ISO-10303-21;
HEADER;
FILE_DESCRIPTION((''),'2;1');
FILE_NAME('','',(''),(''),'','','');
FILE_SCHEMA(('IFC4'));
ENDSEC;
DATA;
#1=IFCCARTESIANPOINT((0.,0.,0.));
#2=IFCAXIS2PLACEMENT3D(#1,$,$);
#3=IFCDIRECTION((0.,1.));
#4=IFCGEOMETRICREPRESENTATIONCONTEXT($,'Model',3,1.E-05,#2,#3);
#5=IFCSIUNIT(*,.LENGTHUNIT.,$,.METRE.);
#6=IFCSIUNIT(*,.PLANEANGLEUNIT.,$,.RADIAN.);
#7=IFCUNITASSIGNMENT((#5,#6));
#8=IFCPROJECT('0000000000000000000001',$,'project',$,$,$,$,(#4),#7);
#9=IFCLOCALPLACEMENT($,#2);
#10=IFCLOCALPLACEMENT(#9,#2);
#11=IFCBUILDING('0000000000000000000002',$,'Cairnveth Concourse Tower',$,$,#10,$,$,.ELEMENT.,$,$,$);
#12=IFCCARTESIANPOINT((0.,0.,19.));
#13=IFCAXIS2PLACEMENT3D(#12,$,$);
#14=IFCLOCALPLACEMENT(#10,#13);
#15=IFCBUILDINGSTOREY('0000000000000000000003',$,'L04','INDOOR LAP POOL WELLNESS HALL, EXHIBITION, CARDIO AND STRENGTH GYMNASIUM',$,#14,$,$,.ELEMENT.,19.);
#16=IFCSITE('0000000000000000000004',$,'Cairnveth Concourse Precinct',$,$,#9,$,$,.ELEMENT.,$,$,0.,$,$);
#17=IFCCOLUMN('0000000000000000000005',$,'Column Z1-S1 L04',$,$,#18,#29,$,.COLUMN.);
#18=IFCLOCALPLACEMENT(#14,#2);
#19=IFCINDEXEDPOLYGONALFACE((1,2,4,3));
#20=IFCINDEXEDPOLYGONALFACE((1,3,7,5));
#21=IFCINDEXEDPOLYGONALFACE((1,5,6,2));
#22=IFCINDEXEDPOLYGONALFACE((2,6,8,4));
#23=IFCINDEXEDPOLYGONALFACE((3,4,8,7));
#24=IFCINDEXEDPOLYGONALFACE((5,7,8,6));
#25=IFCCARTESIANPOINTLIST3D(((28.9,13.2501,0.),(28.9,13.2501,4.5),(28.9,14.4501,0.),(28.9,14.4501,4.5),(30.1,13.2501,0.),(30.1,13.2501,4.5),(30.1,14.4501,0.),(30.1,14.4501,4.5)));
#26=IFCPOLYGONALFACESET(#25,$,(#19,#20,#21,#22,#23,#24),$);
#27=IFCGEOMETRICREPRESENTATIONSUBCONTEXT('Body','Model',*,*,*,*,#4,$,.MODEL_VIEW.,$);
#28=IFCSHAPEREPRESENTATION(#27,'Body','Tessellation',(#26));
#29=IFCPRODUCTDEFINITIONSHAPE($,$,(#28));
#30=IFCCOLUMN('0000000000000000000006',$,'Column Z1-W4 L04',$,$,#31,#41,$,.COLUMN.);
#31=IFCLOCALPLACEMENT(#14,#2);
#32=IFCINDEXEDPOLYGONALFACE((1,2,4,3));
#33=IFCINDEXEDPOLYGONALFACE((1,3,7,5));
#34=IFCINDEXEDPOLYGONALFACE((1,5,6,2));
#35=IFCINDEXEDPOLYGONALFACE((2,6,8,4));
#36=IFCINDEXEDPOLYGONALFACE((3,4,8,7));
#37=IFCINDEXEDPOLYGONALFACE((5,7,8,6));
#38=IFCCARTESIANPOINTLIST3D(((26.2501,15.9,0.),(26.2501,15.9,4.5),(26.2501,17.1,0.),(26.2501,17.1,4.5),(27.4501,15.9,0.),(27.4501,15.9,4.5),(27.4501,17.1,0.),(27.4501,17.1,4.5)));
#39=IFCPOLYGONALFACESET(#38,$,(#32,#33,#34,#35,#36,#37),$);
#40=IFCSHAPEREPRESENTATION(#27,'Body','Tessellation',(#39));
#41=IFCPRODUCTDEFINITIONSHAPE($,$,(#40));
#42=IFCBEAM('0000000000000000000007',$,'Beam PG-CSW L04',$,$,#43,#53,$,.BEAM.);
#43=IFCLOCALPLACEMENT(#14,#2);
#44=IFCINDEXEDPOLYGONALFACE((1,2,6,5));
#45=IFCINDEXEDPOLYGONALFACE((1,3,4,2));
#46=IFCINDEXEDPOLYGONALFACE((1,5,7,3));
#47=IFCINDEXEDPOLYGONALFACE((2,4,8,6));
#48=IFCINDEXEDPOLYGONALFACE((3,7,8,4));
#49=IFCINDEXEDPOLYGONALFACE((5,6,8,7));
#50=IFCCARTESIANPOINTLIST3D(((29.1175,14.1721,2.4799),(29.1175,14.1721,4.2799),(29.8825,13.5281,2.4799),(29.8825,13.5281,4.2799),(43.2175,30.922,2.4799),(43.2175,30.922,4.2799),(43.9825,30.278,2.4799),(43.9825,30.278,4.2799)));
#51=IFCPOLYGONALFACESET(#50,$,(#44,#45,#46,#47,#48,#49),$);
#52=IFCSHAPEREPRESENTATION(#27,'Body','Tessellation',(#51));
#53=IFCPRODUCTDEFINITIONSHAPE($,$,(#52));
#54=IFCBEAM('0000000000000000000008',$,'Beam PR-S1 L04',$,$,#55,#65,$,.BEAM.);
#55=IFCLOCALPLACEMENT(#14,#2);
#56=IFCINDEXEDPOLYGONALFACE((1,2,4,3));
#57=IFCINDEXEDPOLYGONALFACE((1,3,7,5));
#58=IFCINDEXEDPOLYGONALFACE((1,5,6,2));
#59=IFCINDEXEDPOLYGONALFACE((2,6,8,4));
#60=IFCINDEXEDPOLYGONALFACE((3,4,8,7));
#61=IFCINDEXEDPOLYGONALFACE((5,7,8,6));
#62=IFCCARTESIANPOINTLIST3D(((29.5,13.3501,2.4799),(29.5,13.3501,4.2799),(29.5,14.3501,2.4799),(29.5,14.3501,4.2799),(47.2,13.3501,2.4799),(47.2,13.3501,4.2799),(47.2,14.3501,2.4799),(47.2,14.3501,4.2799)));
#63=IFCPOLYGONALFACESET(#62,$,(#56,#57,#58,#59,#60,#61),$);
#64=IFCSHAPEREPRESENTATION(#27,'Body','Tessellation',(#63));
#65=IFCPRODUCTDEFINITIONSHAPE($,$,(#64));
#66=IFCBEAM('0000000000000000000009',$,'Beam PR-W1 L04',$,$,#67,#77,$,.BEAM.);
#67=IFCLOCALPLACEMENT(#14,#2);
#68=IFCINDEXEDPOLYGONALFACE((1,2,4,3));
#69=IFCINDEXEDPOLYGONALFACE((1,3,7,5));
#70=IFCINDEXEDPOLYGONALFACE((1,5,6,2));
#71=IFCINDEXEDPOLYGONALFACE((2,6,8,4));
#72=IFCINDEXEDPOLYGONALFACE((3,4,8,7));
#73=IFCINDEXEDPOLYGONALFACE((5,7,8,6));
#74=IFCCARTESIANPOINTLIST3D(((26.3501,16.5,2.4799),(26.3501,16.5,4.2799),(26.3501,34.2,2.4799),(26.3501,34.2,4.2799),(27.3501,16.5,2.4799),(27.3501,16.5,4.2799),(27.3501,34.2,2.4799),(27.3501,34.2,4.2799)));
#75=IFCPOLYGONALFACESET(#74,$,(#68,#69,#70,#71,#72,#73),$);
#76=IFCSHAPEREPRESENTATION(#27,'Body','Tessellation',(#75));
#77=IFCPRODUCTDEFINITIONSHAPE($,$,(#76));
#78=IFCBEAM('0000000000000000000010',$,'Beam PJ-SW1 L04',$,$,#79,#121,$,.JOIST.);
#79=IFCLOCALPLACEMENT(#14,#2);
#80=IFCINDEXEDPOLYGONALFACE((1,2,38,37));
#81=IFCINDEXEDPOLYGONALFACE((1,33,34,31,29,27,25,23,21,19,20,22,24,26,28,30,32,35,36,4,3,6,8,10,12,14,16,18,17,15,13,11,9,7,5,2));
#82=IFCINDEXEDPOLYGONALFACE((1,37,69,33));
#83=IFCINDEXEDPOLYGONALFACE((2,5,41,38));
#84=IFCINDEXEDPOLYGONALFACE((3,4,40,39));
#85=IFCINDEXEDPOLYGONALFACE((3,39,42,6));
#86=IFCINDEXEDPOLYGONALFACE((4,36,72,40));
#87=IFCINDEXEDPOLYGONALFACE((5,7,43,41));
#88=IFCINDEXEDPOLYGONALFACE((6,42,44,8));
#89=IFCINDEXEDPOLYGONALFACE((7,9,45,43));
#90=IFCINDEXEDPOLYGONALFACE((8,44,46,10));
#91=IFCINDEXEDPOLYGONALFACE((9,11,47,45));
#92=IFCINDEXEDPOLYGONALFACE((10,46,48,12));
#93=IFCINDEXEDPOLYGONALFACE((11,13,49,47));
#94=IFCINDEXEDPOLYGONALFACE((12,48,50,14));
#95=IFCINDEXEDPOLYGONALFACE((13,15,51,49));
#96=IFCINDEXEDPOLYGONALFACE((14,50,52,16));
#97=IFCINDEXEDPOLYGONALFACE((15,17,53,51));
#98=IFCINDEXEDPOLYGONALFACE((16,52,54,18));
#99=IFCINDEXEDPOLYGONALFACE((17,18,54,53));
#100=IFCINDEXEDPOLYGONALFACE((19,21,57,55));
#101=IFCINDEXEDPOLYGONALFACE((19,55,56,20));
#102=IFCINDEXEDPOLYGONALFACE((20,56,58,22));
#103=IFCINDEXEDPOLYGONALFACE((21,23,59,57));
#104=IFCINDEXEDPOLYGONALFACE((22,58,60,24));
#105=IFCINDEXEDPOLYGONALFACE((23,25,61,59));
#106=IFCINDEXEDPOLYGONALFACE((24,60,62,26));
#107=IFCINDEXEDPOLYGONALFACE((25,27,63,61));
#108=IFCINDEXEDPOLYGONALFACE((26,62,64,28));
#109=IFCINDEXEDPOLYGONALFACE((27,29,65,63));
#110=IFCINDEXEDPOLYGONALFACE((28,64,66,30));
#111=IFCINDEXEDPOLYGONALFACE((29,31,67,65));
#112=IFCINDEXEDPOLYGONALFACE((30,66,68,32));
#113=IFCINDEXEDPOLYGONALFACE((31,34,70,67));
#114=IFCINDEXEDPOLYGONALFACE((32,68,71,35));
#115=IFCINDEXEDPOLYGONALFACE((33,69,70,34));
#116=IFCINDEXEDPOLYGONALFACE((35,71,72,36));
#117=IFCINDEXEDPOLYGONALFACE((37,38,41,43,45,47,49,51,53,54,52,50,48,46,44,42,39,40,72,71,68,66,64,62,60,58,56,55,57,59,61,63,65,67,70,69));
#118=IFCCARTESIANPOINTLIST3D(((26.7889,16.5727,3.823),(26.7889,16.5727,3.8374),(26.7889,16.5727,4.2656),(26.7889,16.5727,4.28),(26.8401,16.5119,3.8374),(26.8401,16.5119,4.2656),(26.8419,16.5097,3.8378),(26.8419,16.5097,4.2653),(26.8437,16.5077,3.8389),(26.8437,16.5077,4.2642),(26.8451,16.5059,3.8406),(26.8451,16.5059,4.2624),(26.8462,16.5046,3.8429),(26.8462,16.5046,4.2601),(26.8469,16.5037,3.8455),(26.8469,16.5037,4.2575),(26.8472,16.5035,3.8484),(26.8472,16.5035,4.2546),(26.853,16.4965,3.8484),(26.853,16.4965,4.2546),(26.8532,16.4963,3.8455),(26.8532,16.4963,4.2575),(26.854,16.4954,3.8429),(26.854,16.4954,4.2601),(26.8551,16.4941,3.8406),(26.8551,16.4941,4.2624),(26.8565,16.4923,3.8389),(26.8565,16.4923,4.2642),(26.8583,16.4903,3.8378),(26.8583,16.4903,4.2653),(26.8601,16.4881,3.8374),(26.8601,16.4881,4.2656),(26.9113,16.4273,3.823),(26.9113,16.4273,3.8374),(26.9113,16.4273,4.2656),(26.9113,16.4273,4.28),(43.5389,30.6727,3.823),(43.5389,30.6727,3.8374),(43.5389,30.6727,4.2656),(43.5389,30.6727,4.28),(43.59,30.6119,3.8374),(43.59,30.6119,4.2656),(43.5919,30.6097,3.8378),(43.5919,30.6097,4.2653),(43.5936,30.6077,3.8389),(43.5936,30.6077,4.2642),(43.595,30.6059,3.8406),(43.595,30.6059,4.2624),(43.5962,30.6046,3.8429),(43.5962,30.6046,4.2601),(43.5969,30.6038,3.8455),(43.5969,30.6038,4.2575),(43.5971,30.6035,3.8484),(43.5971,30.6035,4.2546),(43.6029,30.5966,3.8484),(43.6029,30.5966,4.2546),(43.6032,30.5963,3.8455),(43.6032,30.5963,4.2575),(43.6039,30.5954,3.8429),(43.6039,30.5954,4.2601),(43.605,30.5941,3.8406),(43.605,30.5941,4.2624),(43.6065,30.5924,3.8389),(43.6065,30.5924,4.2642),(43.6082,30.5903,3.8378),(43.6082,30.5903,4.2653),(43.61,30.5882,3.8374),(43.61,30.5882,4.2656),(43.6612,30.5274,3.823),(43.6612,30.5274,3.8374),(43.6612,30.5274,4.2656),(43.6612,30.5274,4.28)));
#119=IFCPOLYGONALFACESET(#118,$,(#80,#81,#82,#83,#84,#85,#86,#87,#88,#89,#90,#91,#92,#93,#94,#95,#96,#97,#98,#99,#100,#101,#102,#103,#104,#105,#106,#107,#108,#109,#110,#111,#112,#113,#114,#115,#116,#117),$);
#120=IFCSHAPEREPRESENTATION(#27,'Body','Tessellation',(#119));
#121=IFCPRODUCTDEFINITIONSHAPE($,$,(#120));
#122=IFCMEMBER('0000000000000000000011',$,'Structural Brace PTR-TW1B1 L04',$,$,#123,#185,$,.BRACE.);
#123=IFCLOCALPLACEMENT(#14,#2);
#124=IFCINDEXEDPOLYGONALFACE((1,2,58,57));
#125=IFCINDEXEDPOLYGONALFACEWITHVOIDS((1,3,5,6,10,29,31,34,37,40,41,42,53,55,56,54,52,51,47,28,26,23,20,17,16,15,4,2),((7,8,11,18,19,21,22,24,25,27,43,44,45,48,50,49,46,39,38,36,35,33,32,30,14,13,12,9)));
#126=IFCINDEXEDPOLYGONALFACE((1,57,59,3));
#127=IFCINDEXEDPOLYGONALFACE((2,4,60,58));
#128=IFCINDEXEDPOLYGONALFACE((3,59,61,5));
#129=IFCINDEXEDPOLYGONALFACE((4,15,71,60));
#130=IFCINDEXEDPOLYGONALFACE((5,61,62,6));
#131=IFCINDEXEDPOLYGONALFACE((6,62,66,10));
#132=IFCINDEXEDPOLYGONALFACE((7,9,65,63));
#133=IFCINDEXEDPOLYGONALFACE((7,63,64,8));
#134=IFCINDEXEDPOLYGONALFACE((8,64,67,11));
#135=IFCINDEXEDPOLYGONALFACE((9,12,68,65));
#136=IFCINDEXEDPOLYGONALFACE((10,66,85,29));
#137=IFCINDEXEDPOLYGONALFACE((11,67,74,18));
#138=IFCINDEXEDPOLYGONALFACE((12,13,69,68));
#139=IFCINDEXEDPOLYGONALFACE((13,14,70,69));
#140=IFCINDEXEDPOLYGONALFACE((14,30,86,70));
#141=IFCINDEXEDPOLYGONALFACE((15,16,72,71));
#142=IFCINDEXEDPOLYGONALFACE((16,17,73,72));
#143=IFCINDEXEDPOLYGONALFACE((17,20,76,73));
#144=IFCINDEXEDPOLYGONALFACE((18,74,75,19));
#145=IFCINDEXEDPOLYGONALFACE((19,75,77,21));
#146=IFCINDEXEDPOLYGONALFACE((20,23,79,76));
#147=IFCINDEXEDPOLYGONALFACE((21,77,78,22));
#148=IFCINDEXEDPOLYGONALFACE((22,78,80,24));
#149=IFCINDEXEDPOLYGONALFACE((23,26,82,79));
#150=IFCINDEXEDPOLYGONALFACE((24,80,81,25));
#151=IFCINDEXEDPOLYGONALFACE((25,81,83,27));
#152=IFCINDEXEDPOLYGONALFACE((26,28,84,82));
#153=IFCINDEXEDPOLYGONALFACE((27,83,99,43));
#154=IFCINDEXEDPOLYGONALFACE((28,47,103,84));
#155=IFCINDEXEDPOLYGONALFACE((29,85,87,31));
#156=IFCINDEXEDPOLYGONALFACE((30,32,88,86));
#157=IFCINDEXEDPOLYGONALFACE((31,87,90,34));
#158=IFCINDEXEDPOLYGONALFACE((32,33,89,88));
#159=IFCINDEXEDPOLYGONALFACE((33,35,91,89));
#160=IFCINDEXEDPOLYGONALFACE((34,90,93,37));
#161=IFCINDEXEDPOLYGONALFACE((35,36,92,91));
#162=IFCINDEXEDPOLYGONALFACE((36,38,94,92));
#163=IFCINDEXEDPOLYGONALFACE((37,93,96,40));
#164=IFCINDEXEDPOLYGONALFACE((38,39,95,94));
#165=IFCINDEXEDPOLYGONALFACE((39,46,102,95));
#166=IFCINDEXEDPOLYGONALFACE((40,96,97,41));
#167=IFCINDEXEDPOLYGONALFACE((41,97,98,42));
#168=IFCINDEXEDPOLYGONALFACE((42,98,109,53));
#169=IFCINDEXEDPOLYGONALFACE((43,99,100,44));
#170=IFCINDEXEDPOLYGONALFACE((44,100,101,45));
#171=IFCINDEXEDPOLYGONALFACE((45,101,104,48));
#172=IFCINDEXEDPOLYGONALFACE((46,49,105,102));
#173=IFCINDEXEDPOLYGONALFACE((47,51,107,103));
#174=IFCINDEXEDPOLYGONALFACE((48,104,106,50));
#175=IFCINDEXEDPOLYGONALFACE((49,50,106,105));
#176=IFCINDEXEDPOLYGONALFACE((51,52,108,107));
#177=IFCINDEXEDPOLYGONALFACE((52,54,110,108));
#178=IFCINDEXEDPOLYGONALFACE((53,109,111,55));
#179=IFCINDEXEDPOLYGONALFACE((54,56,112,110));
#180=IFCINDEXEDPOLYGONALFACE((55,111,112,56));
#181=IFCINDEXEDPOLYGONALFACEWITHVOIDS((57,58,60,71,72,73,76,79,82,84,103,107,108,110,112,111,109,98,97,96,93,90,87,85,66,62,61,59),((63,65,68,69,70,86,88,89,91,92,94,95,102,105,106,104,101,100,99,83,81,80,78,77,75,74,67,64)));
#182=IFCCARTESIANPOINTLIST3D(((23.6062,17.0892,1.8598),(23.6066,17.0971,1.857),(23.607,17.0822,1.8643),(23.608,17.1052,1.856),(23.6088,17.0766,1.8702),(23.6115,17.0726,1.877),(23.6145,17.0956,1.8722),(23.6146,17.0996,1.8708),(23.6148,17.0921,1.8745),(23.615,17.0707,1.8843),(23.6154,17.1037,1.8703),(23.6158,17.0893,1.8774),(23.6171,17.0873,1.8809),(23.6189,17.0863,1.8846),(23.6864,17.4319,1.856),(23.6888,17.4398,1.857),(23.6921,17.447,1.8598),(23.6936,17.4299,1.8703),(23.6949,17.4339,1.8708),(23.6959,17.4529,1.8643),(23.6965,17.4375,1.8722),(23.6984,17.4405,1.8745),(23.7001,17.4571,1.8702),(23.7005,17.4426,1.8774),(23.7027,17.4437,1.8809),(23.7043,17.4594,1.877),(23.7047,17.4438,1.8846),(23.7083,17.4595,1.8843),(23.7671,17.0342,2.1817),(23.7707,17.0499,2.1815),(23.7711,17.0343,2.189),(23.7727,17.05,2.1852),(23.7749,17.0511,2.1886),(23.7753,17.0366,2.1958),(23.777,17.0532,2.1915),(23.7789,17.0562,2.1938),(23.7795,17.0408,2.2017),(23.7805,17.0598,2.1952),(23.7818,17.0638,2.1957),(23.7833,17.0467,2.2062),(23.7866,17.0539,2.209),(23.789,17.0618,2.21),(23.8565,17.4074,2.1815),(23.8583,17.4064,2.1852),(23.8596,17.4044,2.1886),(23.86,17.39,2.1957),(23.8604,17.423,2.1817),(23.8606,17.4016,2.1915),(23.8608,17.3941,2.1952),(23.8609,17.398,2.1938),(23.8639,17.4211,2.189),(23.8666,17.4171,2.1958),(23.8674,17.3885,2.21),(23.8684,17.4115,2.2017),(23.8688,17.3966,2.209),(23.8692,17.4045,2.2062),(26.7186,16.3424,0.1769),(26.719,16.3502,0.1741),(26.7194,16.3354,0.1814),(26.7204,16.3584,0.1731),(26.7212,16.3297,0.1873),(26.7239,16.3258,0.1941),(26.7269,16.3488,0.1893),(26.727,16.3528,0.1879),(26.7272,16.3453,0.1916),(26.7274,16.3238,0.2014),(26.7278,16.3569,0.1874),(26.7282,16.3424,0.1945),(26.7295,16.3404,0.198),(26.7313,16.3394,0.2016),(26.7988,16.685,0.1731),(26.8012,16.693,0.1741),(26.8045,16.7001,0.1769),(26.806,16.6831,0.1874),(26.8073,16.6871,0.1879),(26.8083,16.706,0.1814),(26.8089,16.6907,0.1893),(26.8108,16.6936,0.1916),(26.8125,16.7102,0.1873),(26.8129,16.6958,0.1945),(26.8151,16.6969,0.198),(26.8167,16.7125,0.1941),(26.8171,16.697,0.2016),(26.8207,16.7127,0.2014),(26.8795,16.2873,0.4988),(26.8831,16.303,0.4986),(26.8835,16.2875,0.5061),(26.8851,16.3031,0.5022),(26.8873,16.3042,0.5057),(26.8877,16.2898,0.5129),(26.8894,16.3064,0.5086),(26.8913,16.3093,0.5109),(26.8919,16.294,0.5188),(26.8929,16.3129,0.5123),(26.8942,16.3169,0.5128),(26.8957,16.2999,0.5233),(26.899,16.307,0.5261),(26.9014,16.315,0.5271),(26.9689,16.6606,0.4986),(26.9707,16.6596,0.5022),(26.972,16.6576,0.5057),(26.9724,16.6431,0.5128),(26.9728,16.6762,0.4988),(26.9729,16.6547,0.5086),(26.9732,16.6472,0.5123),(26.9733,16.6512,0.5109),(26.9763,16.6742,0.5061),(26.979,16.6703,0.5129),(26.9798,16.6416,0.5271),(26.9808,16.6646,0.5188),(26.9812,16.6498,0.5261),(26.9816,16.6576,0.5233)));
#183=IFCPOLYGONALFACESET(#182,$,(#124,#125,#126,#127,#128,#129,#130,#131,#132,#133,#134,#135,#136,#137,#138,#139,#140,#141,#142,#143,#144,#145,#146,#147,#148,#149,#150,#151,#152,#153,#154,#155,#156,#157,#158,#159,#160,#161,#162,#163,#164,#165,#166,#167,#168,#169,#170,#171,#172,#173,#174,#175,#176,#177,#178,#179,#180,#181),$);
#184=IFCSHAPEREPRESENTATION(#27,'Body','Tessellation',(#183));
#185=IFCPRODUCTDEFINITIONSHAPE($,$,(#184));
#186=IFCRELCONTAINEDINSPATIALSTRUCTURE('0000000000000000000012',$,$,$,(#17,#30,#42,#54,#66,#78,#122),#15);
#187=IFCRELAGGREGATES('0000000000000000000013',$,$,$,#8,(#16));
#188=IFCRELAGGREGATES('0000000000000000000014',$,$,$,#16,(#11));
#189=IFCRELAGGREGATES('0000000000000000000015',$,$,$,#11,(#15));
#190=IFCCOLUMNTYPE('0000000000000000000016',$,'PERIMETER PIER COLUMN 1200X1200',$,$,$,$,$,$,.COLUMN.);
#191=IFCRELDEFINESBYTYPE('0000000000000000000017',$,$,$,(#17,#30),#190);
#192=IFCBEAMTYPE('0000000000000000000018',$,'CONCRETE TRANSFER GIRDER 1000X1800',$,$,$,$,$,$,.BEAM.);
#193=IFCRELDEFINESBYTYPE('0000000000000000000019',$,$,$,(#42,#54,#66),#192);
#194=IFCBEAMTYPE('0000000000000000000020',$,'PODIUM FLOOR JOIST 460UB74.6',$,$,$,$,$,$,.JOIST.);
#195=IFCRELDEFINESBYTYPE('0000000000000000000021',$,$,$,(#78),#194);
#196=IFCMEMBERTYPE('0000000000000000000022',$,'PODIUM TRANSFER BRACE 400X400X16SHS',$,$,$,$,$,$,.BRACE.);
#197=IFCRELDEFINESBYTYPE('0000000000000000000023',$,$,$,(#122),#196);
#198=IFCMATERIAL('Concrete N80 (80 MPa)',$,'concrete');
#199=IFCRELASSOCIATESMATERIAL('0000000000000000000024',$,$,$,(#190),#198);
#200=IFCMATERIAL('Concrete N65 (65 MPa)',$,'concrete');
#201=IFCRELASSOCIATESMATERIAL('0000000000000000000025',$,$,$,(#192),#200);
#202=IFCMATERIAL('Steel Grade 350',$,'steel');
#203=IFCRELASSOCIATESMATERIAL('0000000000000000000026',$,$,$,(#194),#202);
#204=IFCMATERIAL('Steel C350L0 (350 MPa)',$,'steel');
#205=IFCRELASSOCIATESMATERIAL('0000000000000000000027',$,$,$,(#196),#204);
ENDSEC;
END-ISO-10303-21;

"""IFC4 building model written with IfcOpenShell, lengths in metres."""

from ifc_helpers import new_model, si_unit, direction, frame, origin, origin_2d, place, context, subcontext, project, spatial, rectangle, hollow_rectangle, i_section, extrude, material, material_profile, profile_set, type_object, element, save


model = new_model("IFC4")

# Units and contexts
model_context = context("Model", 3, precision=1e-05, world=origin(), true_north=direction((0.0, 1.0)))
body_context = subcontext(model_context, "Body", "Model", "MODEL_VIEW")
ifc_project = project(units=[si_unit("LENGTHUNIT", "METRE"), si_unit("PLANEANGLEUNIT", "RADIAN")], contexts=[model_context])

# Site, building, storey
site_placement = place(None, origin())
site = spatial("IfcSite", under=ifc_project, at=site_placement, Name="Cairnveth Concourse Precinct", CompositionType="ELEMENT", RefElevation=0.0)
building_placement = place(site_placement, origin())
building = spatial("IfcBuilding", under=site, at=building_placement, Name="Cairnveth Concourse Tower", CompositionType="ELEMENT")
storey_placement = place(building_placement, frame((0.0, 0.0, 19.0)))
storey = spatial("IfcBuildingStorey", under=building, at=storey_placement, Name="L04", Description="INDOOR LAP POOL WELLNESS HALL, EXHIBITION, CARDIO AND STRENGTH GYMNASIUM", CompositionType="ELEMENT", Elevation=19.0)

# Columns
ifc_material_1 = material(Name="Concrete N80 (80 MPa)", Category="concrete")
ifc_material_profile_1 = material_profile(ifc_material_1, rectangle(XDim=1.2, YDim=1.2, at=origin_2d()), Name="RC-COL-1200x1200")
ifc_profile_set_1 = profile_set([ifc_material_profile_1], Name="Concrete N80 (80 MPa)")
column_type = type_object("IfcColumnType", Name="PERIMETER PIER COLUMN 1200X1200", PredefinedType="COLUMN", material=ifc_profile_set_1)
for number, where, z_axis, x_axis, name in (
    (1, (29.5, 13.8501, 0.0), (0.0, 0.0, 1.0), (1.0, 0.0, 0.0), "Column Z1-S1 L04"),
    (2, (26.8501, 16.5, 0.0), (0.0, 0.0, 1.0), (1.0, 0.0, 0.0), "Column Z1-W4 L04"),
):
    element("IfcColumn", number, at=place(storey_placement, frame(where, z_axis=z_axis, x_axis=x_axis)), inside=storey, type_object=column_type, Name=name, PredefinedType="COLUMN", context=body_context, shape_type="SweptSolid", body=[
        extrude(rectangle(XDim=1.2, YDim=1.2, at=origin_2d()), origin(), (0.0, 0.0, 1.0), 4.5),
    ])

# Beams
ifc_material_2 = material(Name="Concrete N65 (65 MPa)", Category="concrete")
ifc_material_profile_2 = material_profile(ifc_material_2, rectangle(XDim=1.0, YDim=1.8, at=origin_2d()), Name="RC-TB-1000x1800")
ifc_profile_set_2 = profile_set([ifc_material_profile_2], Name="Concrete N65 (65 MPa)")
beam_type_1 = type_object("IfcBeamType", Name="CONCRETE TRANSFER GIRDER 1000X1800", PredefinedType="BEAM", material=ifc_profile_set_2)
beam_1_placement = place(storey_placement, frame((29.5, 13.8501, 3.3799), z_axis=(0.643998, 0.765027, 0.0), x_axis=(-0.765027, 0.643998, 0.0)))
element("IfcBeam", 3, at=beam_1_placement, inside=storey, type_object=beam_type_1, Name="Beam PG-CSW L04", PredefinedType="BEAM", context=body_context, shape_type="SweptSolid", body=[
    extrude(rectangle(XDim=1.0, YDim=1.8, at=origin_2d()), origin(), (0.0, 0.0, 1.0), 21.8945),
])
for number, where, z_axis, x_axis, name in (
    (4, (29.5, 13.8501, 3.3799), (1.0, 0.0, 0.0), (0.0, 1.0, 0.0), "Beam PR-S1 L04"),
    (5, (26.8501, 16.5, 3.3799), (0.0, 1.0, 0.0), (-1.0, 0.0, 0.0), "Beam PR-W1 L04"),
):
    element("IfcBeam", number, at=place(storey_placement, frame(where, z_axis=z_axis, x_axis=x_axis)), inside=storey, type_object=beam_type_1, Name=name, PredefinedType="BEAM", context=body_context, shape_type="SweptSolid", body=[
        extrude(rectangle(XDim=1.0, YDim=1.8, at=origin_2d()), origin(), (0.0, 0.0, 1.0), 17.7),
    ])
ifc_material_3 = material(Name="Steel Grade 350", Category="steel")
ifc_material_profile_3 = material_profile(ifc_material_3, i_section(OverallWidth=0.1899, OverallDepth=0.457, WebThickness=0.009, FlangeThickness=0.0144, FilletRadius=0.011, at=origin_2d()), Name="460UB74.6")
ifc_profile_set_3 = profile_set([ifc_material_profile_3], Name="Steel Grade 350")
beam_type_2 = type_object("IfcBeamType", Name="PODIUM FLOOR JOIST 460UB74.6", PredefinedType="JOIST", material=ifc_profile_set_3)
beam_2_placement = place(storey_placement, frame((26.8501, 16.5, 4.0515), z_axis=(0.765027, 0.643998, 0.0), x_axis=(-0.643998, 0.765027, 0.0)))
element("IfcBeam", 6, at=beam_2_placement, inside=storey, type_object=beam_type_2, Name="Beam PJ-SW1 L04", PredefinedType="JOIST", context=body_context, shape_type="SweptSolid", body=[
    extrude(i_section(OverallWidth=0.1899, OverallDepth=0.457, WebThickness=0.009, FlangeThickness=0.0144, FilletRadius=0.011, at=origin_2d()), origin(), (0.0, 0.0, 1.0), 21.8945),
])

# Member
ifc_material_4 = material(Name="Steel C350L0 (350 MPa)", Category="steel")
ifc_material_profile_4 = material_profile(ifc_material_4, hollow_rectangle(XDim=0.3999, YDim=0.3999, WallThickness=0.0161, InnerFilletRadius=0.0161, OuterFilletRadius=0.032, at=origin_2d()), Name="400x400x16.0SHS")
ifc_profile_set_4 = profile_set([ifc_material_profile_4], Name="Steel C350L0 (350 MPa)")
member_type = type_object("IfcMemberType", Name="PODIUM TRANSFER BRACE 400X400X16SHS", PredefinedType="BRACE", material=ifc_profile_set_4)
member_1_placement = place(storey_placement, frame((26.8501, 16.5, 0.3501), z_axis=(-0.860679, 0.206528, 0.46538), x_axis=(-0.233335, -0.972396, 0.0)))
element("IfcMember", 7, at=member_1_placement, inside=storey, type_object=member_type, Name="Structural Brace PTR-TW1B1 L04", PredefinedType="BRACE", context=body_context, shape_type="SweptSolid", body=[
    extrude(hollow_rectangle(XDim=0.3999, YDim=0.3999, WallThickness=0.0161, InnerFilletRadius=0.0161, OuterFilletRadius=0.032, at=origin_2d()), origin(), (0.0, 0.0, 1.0), 3.6162),
])

save(model, "model.ifc")
